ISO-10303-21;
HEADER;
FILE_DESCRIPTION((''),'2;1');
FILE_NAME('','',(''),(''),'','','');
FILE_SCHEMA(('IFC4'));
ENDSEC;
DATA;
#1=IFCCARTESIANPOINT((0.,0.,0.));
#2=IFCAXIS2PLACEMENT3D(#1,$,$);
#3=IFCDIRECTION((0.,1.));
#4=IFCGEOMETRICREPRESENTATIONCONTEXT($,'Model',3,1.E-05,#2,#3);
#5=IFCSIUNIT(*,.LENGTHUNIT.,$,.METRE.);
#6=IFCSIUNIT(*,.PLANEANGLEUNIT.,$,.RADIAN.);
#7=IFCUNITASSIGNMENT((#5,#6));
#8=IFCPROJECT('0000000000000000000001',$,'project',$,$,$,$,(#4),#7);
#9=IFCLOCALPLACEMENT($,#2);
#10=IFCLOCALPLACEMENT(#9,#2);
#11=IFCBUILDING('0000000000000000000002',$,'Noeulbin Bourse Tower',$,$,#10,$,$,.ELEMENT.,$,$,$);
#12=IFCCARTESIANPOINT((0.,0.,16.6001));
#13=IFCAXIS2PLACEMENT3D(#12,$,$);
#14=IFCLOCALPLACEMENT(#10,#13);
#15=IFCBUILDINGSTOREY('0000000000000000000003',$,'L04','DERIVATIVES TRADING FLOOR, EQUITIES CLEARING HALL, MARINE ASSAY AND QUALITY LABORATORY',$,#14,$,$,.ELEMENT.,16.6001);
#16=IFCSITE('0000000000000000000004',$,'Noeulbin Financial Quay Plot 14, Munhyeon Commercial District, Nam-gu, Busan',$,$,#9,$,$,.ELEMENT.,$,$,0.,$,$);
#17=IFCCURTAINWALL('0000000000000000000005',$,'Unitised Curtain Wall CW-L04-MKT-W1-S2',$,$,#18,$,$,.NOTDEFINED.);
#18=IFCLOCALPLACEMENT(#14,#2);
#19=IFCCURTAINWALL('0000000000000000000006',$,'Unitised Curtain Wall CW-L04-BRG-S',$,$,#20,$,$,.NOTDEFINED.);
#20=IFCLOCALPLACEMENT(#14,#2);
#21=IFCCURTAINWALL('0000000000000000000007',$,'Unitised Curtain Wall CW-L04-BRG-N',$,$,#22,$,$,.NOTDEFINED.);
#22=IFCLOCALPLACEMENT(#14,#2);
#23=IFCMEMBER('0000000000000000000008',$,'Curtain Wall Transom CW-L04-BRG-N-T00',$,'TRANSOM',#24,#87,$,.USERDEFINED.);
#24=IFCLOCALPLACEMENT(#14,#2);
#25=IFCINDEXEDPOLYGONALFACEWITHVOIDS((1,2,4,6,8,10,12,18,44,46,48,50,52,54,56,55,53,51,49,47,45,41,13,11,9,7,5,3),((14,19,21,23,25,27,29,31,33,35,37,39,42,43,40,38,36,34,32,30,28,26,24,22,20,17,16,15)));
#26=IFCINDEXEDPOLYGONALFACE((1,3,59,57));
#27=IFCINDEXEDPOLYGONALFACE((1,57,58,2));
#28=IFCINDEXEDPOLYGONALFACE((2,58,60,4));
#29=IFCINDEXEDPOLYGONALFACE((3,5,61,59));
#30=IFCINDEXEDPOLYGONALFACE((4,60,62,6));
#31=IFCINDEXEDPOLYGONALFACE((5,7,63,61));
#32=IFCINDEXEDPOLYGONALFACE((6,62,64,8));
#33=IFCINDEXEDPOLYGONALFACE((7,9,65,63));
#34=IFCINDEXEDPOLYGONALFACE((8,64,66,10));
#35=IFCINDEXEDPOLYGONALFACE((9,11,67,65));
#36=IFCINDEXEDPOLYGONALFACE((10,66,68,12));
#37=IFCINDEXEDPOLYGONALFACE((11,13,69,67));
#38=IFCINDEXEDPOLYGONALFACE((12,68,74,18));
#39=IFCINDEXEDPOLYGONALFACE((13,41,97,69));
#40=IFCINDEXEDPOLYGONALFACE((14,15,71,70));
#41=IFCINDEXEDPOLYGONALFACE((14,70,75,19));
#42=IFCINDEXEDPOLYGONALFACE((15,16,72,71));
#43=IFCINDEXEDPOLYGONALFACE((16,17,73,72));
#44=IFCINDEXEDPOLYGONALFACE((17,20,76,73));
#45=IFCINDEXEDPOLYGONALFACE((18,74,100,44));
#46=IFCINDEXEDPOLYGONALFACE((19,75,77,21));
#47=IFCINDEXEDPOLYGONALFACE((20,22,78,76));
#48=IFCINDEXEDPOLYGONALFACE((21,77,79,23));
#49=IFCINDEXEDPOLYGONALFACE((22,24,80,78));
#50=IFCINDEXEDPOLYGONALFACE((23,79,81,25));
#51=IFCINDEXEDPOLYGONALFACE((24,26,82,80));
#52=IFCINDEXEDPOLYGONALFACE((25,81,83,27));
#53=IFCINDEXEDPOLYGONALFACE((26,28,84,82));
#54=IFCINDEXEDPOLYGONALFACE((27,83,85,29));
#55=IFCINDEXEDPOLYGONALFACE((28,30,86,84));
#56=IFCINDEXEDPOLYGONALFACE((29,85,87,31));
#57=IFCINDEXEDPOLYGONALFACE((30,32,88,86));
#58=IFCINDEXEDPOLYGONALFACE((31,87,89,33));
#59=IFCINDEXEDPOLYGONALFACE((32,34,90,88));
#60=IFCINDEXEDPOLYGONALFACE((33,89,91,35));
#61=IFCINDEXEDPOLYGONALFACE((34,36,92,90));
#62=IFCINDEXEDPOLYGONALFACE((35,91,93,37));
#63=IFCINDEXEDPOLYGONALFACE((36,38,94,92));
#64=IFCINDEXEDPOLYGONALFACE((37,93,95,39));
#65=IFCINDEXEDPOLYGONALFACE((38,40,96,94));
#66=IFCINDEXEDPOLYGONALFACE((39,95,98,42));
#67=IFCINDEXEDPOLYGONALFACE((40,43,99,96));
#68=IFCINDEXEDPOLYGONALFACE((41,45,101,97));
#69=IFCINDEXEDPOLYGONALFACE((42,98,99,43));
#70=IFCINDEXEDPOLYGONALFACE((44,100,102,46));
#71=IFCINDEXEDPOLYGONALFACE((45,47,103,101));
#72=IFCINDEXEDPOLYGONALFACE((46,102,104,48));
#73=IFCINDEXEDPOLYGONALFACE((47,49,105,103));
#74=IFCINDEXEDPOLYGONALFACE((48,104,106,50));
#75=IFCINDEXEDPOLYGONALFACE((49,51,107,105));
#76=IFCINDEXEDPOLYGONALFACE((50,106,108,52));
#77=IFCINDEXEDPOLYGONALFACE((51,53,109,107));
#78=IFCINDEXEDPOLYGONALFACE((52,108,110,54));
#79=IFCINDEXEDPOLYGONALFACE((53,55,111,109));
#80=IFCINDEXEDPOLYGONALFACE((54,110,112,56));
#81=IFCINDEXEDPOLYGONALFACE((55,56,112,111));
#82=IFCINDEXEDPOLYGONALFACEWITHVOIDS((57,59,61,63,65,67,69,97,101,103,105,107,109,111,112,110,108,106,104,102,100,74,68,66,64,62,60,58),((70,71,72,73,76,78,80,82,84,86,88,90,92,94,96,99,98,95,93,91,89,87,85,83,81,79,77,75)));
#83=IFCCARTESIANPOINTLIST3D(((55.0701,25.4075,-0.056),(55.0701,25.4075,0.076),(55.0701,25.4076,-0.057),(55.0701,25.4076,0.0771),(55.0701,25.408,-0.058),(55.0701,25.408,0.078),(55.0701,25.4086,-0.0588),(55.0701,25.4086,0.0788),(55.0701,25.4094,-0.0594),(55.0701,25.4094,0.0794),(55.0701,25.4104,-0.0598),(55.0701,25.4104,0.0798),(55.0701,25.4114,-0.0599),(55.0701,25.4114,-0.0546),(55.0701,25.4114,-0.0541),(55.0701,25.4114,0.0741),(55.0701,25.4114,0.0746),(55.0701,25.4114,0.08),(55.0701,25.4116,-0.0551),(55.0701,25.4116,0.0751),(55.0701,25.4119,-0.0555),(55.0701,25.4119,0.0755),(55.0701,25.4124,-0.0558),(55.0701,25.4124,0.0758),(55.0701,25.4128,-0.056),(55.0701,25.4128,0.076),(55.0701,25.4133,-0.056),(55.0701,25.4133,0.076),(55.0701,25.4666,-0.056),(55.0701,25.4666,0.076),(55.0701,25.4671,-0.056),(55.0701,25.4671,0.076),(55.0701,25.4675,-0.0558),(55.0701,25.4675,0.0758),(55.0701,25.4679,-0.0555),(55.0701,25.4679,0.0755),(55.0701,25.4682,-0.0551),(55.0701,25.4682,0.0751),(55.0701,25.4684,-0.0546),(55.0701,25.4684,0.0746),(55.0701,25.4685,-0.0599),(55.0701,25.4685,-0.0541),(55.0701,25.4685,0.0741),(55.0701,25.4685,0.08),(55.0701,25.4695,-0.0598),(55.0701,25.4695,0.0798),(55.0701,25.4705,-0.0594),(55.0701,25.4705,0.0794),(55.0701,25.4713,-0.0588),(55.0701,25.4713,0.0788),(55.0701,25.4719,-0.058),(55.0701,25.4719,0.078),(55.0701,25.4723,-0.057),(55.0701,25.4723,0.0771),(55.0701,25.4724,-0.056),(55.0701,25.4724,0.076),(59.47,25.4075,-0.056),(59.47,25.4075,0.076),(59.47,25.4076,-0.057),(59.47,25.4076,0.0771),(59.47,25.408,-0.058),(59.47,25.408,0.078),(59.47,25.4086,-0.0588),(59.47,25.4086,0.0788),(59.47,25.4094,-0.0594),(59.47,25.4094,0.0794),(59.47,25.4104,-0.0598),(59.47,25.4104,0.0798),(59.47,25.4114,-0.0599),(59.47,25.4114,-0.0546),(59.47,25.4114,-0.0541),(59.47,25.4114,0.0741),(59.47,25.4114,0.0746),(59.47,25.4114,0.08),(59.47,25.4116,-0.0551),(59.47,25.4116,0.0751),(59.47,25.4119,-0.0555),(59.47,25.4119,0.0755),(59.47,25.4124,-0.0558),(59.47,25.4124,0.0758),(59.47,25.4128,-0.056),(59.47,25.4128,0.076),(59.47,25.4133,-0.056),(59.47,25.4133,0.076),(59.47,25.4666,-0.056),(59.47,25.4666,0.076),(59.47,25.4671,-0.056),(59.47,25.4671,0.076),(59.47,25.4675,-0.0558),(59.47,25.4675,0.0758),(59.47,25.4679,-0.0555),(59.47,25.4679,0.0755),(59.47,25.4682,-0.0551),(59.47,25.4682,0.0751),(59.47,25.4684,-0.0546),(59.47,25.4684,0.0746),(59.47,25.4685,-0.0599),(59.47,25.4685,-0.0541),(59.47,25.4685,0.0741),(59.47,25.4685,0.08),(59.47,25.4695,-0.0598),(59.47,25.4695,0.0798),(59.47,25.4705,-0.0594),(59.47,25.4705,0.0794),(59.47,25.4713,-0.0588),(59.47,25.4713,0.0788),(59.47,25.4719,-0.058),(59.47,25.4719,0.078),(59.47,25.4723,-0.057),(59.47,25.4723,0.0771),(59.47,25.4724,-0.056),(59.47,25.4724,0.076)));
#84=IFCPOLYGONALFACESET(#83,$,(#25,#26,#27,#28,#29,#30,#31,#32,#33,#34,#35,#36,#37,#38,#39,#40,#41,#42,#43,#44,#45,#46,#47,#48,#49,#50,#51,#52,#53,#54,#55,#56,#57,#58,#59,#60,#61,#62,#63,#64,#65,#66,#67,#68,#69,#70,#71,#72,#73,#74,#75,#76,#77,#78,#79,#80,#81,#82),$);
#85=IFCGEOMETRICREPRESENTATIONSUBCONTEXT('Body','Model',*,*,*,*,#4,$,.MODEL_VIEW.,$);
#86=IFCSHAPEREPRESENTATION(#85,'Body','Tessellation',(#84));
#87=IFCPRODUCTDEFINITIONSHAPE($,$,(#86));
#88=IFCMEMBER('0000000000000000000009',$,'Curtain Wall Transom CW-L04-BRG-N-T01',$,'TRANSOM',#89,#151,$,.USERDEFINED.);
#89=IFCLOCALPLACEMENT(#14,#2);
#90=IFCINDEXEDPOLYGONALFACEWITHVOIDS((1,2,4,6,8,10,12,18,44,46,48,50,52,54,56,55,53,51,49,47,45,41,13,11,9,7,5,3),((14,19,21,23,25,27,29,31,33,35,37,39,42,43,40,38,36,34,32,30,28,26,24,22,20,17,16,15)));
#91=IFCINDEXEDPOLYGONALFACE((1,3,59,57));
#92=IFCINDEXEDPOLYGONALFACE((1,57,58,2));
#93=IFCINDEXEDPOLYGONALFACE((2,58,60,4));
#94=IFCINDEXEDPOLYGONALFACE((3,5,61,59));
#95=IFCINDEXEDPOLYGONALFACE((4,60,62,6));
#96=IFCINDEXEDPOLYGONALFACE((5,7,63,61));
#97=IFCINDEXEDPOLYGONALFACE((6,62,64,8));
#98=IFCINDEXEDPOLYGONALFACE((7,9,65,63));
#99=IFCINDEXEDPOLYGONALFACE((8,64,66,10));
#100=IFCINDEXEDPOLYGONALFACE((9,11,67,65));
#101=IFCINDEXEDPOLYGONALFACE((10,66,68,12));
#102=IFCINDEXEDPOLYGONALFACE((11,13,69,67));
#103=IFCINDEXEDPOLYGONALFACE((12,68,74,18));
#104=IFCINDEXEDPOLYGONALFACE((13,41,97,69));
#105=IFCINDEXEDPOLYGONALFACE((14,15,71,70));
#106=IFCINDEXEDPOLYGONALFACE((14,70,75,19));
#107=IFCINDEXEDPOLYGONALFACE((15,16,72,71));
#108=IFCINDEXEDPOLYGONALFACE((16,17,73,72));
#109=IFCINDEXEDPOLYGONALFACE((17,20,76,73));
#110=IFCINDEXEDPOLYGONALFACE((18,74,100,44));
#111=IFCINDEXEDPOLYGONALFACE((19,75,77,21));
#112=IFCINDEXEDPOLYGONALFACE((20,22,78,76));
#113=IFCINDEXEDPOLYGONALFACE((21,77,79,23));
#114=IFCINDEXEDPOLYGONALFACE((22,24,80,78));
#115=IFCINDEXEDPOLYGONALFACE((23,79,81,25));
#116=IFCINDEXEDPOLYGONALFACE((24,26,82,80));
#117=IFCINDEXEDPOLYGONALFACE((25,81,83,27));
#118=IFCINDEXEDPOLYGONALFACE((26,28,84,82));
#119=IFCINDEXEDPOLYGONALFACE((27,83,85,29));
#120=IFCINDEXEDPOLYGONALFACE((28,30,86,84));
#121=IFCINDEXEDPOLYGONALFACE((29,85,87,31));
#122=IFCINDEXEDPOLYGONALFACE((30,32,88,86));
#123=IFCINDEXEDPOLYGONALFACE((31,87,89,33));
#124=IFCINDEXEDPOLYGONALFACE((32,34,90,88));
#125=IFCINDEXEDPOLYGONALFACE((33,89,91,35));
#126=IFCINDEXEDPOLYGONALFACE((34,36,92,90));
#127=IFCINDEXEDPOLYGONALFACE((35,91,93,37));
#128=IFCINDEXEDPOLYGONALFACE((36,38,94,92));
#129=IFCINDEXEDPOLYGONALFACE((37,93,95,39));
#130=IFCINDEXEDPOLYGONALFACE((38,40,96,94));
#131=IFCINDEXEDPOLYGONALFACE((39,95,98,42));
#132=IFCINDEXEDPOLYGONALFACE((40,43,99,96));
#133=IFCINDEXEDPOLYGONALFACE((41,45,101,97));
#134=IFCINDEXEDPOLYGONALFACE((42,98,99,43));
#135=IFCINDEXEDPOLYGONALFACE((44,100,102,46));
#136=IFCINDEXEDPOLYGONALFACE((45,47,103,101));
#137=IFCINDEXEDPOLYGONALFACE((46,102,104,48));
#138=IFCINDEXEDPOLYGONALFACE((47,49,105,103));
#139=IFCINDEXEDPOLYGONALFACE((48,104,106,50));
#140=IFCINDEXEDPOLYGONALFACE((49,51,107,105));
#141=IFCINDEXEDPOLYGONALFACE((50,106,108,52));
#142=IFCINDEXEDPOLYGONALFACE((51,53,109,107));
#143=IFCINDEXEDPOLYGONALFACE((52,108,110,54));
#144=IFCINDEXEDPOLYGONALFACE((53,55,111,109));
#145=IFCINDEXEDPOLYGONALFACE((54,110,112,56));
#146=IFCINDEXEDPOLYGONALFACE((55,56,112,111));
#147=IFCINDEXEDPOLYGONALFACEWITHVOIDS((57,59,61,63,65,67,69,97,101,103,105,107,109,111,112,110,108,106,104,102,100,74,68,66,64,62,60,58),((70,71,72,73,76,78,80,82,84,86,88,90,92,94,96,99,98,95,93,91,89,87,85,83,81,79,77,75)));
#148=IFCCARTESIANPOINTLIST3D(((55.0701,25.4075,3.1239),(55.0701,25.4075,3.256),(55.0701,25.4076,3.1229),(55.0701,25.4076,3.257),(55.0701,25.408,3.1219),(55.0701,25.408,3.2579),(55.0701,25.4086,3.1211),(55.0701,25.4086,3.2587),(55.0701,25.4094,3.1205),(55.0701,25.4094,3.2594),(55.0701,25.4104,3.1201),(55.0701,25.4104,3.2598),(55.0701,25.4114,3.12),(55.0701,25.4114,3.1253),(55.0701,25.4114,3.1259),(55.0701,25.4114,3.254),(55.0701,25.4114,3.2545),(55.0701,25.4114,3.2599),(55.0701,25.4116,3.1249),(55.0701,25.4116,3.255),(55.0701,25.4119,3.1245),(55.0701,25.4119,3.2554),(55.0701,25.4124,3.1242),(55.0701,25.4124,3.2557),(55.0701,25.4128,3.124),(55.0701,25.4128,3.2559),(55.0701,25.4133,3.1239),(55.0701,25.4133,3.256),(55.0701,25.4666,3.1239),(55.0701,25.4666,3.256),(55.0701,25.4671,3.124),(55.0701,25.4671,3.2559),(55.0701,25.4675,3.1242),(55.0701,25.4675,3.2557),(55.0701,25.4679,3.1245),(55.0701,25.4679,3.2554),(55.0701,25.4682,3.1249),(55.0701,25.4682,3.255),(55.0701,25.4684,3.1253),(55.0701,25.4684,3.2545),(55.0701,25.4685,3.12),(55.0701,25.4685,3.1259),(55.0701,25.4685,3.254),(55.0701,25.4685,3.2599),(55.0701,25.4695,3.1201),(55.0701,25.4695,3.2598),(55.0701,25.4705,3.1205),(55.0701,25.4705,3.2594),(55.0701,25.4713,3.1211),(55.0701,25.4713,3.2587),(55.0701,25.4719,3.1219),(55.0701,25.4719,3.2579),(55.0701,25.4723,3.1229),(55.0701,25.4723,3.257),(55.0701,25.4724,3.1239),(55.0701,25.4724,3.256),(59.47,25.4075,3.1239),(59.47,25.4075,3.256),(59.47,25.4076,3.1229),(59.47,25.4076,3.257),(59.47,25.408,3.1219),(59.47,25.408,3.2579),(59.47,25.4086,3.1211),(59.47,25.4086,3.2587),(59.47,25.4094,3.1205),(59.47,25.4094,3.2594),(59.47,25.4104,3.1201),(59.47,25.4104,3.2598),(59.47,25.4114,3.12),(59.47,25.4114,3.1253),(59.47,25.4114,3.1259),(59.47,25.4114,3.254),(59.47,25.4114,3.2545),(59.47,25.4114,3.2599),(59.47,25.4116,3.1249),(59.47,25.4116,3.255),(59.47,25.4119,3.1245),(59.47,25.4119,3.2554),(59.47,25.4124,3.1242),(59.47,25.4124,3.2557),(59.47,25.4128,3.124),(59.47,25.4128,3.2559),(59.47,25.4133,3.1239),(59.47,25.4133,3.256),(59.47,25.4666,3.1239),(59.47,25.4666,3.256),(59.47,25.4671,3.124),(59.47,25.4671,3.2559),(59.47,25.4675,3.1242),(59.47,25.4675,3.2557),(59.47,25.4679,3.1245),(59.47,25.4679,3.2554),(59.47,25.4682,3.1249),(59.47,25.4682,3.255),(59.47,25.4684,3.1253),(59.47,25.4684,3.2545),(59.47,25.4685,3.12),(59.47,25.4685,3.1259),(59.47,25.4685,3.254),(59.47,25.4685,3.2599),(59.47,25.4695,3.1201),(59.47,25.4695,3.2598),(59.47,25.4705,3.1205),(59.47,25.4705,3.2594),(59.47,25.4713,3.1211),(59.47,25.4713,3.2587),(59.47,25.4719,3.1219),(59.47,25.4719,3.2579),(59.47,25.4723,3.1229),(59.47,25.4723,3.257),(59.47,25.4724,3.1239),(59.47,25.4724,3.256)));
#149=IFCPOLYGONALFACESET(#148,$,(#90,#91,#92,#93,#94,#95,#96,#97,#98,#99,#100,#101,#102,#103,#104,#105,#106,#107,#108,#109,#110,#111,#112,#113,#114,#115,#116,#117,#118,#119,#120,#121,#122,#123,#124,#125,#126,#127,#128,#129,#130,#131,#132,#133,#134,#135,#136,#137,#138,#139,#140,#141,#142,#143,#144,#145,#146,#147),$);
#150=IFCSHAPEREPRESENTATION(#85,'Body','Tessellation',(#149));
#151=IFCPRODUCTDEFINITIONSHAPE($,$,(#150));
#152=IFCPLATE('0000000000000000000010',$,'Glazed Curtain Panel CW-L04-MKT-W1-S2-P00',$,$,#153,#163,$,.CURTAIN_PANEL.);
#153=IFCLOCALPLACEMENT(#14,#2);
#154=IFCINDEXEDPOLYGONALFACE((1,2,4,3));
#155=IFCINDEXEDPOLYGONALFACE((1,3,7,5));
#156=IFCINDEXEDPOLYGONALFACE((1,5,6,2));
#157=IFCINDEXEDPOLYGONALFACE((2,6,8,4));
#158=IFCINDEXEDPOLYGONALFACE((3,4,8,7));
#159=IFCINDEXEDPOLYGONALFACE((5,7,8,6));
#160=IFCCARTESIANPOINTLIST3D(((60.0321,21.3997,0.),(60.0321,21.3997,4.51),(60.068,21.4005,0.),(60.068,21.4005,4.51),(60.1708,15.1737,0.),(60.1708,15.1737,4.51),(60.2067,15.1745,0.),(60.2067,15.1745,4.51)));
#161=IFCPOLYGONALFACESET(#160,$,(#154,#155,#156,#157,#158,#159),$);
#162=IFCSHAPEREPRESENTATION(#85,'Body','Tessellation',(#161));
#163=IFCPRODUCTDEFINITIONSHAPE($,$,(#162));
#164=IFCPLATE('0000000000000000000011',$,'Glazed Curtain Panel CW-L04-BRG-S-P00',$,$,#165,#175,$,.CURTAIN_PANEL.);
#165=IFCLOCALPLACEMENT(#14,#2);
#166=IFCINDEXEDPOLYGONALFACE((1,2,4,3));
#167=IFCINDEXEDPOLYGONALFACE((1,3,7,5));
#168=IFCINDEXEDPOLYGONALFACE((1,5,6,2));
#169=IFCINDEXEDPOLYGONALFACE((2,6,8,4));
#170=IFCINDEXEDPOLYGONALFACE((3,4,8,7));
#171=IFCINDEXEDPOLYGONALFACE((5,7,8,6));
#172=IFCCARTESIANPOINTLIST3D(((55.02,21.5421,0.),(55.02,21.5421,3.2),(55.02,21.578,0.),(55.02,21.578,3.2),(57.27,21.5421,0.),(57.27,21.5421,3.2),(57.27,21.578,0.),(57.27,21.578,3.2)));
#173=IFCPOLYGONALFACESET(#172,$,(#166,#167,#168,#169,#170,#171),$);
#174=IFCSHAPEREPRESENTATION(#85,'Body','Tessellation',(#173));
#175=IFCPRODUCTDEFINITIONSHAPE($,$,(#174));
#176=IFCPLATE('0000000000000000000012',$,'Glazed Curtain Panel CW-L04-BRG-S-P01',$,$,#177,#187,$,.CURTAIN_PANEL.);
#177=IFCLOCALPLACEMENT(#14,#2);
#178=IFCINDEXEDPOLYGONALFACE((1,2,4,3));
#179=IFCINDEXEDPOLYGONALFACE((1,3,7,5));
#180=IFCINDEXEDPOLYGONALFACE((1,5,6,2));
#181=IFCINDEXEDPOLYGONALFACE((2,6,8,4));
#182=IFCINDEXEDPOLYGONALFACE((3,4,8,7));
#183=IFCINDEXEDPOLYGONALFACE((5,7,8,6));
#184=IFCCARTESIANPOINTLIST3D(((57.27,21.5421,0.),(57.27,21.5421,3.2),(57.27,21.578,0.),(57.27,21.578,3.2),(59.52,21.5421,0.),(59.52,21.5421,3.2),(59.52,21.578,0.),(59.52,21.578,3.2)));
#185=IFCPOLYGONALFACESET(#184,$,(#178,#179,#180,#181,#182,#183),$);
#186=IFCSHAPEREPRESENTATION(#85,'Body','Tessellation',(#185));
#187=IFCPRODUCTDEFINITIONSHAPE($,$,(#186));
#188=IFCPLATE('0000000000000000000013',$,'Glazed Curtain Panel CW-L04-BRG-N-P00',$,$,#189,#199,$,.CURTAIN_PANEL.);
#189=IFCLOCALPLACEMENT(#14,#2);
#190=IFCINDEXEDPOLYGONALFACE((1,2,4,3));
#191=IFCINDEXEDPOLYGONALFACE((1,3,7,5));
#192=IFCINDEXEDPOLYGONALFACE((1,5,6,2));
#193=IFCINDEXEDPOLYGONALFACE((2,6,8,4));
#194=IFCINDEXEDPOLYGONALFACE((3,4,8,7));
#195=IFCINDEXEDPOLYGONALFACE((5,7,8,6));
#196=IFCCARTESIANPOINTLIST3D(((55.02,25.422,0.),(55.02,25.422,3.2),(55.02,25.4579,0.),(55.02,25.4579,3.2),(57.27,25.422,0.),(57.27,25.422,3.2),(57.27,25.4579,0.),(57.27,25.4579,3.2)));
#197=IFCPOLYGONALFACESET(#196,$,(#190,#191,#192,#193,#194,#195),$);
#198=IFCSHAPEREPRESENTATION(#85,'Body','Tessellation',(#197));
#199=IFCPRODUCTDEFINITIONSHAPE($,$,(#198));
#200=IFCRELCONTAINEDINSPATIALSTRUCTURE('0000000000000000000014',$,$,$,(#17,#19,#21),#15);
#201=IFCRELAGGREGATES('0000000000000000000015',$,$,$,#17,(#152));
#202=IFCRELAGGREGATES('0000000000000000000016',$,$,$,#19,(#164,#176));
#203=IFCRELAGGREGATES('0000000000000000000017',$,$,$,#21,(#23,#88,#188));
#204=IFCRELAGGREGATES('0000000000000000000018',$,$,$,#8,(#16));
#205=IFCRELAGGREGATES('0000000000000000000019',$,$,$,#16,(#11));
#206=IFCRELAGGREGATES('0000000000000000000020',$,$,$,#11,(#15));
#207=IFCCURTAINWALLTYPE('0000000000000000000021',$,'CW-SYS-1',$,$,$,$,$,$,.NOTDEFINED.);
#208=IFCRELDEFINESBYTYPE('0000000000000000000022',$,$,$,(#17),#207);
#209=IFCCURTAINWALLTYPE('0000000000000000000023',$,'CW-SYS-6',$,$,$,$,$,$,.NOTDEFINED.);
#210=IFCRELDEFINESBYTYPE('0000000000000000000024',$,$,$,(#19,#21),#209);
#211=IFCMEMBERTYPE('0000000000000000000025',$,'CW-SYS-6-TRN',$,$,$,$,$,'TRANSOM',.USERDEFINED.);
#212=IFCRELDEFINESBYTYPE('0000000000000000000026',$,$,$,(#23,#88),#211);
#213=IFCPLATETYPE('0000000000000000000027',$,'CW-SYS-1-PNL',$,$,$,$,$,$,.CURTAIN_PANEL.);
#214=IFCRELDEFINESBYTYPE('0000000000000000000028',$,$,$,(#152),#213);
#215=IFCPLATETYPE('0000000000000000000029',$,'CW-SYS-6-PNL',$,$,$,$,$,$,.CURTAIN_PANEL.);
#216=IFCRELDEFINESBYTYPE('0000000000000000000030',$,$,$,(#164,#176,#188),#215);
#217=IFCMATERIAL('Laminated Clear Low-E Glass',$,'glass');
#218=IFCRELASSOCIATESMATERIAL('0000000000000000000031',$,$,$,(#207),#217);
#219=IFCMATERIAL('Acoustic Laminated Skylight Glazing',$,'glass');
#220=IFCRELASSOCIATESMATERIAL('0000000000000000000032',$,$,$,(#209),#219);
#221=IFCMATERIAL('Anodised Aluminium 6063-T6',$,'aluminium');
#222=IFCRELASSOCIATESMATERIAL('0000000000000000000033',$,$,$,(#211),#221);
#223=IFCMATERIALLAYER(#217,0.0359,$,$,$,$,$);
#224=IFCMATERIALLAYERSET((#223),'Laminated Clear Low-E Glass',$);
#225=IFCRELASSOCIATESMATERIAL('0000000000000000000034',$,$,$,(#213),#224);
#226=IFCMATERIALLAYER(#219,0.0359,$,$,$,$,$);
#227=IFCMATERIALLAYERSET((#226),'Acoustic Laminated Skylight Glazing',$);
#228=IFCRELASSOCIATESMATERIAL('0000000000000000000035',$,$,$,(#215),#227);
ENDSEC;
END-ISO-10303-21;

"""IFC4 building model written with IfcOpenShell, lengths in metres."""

from ifc_helpers import new_model, si_unit, direction, frame, origin, origin_2d, place, context, subcontext, project, spatial, rectangle, hollow_rectangle, extrude, material, layer, layer_set, material_profile, profile_set, type_object, element, aggregate, save


model = new_model("IFC4")

# Units and contexts
model_context = context("Model", 3, precision=1e-05, world=origin(), true_north=direction((0.0, 1.0)))
body_context = subcontext(model_context, "Body", "Model", "MODEL_VIEW")
ifc_project = project(units=[si_unit("LENGTHUNIT", "METRE"), si_unit("PLANEANGLEUNIT", "RADIAN")], contexts=[model_context])

# Site, building, storey
site_placement = place(None, origin())
site = spatial("IfcSite", under=ifc_project, at=site_placement, Name="Noeulbin Financial Quay Plot 14, Munhyeon Commercial District, Nam-gu, Busan", CompositionType="ELEMENT", RefElevation=0.0)
building_placement = place(site_placement, origin())
building = spatial("IfcBuilding", under=site, at=building_placement, Name="Noeulbin Bourse Tower", CompositionType="ELEMENT")
storey_placement = place(building_placement, frame((0.0, 0.0, 16.6001)))
storey = spatial("IfcBuildingStorey", under=building, at=storey_placement, Name="L04", Description="DERIVATIVES TRADING FLOOR, EQUITIES CLEARING HALL, MARINE ASSAY AND QUALITY LABORATORY", CompositionType="ELEMENT", Elevation=16.6001)

# Curtain walls
ifc_material_1 = material(Name="Laminated Clear Low-E Glass", Category="glass")
curtain_wall_type_1 = type_object("IfcCurtainWallType", Name="CW-SYS-1", PredefinedType="NOTDEFINED", material=ifc_material_1)
curtain_wall_1_placement = place(storey_placement, origin())
curtain_wall_1 = element("IfcCurtainWall", 1, at=curtain_wall_1_placement, inside=storey, type_object=curtain_wall_type_1, Name="Unitised Curtain Wall CW-L04-MKT-W1-S2", PredefinedType="NOTDEFINED")
ifc_material_2 = material(Name="Anodised Aluminium 6063-T6", Category="aluminium")
ifc_material_3 = material(Name="Acoustic Laminated Skylight Glazing", Category="glass")
curtain_wall_type_2 = type_object("IfcCurtainWallType", Name="CW-SYS-6", PredefinedType="NOTDEFINED", material=ifc_material_3)
curtain_wall_2_placement = place(storey_placement, origin())
curtain_wall_2 = element("IfcCurtainWall", 2, at=curtain_wall_2_placement, inside=storey, type_object=curtain_wall_type_2, Name="Unitised Curtain Wall CW-L04-BRG-S", PredefinedType="NOTDEFINED")
curtain_wall_3_placement = place(storey_placement, origin())
curtain_wall_3 = element("IfcCurtainWall", 3, at=curtain_wall_3_placement, inside=storey, type_object=curtain_wall_type_2, Name="Unitised Curtain Wall CW-L04-BRG-N", PredefinedType="NOTDEFINED")

# Members
ifc_material_profile_1 = material_profile(ifc_material_2, hollow_rectangle(XDim=0.0649, YDim=0.1399, WallThickness=0.0039, InnerFilletRadius=0.002, OuterFilletRadius=0.0039, at=origin_2d()), Name="ALU-TRAN-65x140x4", Category="LoadBearing")
ifc_profile_set_1 = profile_set([ifc_material_profile_1], Name="Anodised Aluminium 6063-T6")
member_type_1 = type_object("IfcMemberType", Name="CW-SYS-6-TRN", ElementType="TRANSOM", PredefinedType="USERDEFINED", material=ifc_profile_set_1)
member_1_placement = place(storey_placement, frame((55.0701, 25.4399, 0.01), z_axis=(1.0, 0.0, 0.0), x_axis=(0.0, 1.0, 0.0)))
member_1 = element("IfcMember", 4, at=member_1_placement, type_object=member_type_1, Name="Curtain Wall Transom CW-L04-BRG-N-T00", ObjectType="TRANSOM", PredefinedType="USERDEFINED", context=body_context, shape_type="SweptSolid", body=[
    extrude(hollow_rectangle(XDim=0.0649, YDim=0.1399, WallThickness=0.0039, InnerFilletRadius=0.002, OuterFilletRadius=0.0039, at=origin_2d()), origin(), (0.0, 0.0, 1.0), 4.3999),
])
member_2_placement = place(storey_placement, frame((55.0701, 25.4399, 3.1899), z_axis=(1.0, 0.0, 0.0), x_axis=(0.0, 1.0, 0.0)))
member_2 = element("IfcMember", 5, at=member_2_placement, type_object=member_type_1, Name="Curtain Wall Transom CW-L04-BRG-N-T01", ObjectType="TRANSOM", PredefinedType="USERDEFINED", context=body_context, shape_type="SweptSolid", body=[
    extrude(hollow_rectangle(XDim=0.0649, YDim=0.1399, WallThickness=0.0039, InnerFilletRadius=0.002, OuterFilletRadius=0.0039, at=origin_2d()), origin(), (0.0, 0.0, 1.0), 4.3999),
])

# Plates
ifc_layer_1 = layer(ifc_material_1, 0.0359)
ifc_layer_set_1 = layer_set([ifc_layer_1], Name="Laminated Clear Low-E Glass")
plate_type_1 = type_object("IfcPlateType", Name="CW-SYS-1-PNL", PredefinedType="CURTAIN_PANEL", material=ifc_layer_set_1)
plate_1_placement = place(storey_placement, frame((60.1194, 18.2871, 0.0), z_axis=(0.0, 0.0, 1.0), x_axis=(-0.022269, 0.999752, 0.0)))
plate_1 = element("IfcPlate", 6, at=plate_1_placement, type_object=plate_type_1, Name="Glazed Curtain Panel CW-L04-MKT-W1-S2-P00", PredefinedType="CURTAIN_PANEL", context=body_context, shape_type="SweptSolid", body=[
    extrude(rectangle(XDim=6.2275, YDim=0.0359, at=origin_2d()), origin(), (0.0, 0.0, 1.0), 4.51),
])
aggregate(curtain_wall_1, [plate_1])
ifc_layer_2 = layer(ifc_material_3, 0.0359)
ifc_layer_set_2 = layer_set([ifc_layer_2], Name="Acoustic Laminated Skylight Glazing")
plate_type_2 = type_object("IfcPlateType", Name="CW-SYS-6-PNL", PredefinedType="CURTAIN_PANEL", material=ifc_layer_set_2)
plate_2_placement = place(storey_placement, frame((56.145, 21.5601, 0.0), z_axis=(0.0, 0.0, 1.0), x_axis=(1.0, 0.0, 0.0)))
plate_2 = element("IfcPlate", 7, at=plate_2_placement, type_object=plate_type_2, Name="Glazed Curtain Panel CW-L04-BRG-S-P00", PredefinedType="CURTAIN_PANEL", context=body_context, shape_type="SweptSolid", body=[
    extrude(rectangle(XDim=2.25, YDim=0.0359, at=origin_2d()), origin(), (0.0, 0.0, 1.0), 3.2),
])
plate_3_placement = place(storey_placement, frame((58.395, 21.5601, 0.0), z_axis=(0.0, 0.0, 1.0), x_axis=(1.0, 0.0, 0.0)))
plate_3 = element("IfcPlate", 8, at=plate_3_placement, type_object=plate_type_2, Name="Glazed Curtain Panel CW-L04-BRG-S-P01", PredefinedType="CURTAIN_PANEL", context=body_context, shape_type="SweptSolid", body=[
    extrude(rectangle(XDim=2.25, YDim=0.0359, at=origin_2d()), origin(), (0.0, 0.0, 1.0), 3.2),
])
aggregate(curtain_wall_2, [plate_2, plate_3])
plate_4_placement = place(storey_placement, frame((56.145, 25.4399, 0.0), z_axis=(0.0, 0.0, 1.0), x_axis=(1.0, 0.0, 0.0)))
plate_4 = element("IfcPlate", 9, at=plate_4_placement, type_object=plate_type_2, Name="Glazed Curtain Panel CW-L04-BRG-N-P00", PredefinedType="CURTAIN_PANEL", context=body_context, shape_type="SweptSolid", body=[
    extrude(rectangle(XDim=2.25, YDim=0.0359, at=origin_2d()), origin(), (0.0, 0.0, 1.0), 3.2),
])
aggregate(curtain_wall_3, [member_1, member_2, plate_4])

save(model, "model.ifc")
